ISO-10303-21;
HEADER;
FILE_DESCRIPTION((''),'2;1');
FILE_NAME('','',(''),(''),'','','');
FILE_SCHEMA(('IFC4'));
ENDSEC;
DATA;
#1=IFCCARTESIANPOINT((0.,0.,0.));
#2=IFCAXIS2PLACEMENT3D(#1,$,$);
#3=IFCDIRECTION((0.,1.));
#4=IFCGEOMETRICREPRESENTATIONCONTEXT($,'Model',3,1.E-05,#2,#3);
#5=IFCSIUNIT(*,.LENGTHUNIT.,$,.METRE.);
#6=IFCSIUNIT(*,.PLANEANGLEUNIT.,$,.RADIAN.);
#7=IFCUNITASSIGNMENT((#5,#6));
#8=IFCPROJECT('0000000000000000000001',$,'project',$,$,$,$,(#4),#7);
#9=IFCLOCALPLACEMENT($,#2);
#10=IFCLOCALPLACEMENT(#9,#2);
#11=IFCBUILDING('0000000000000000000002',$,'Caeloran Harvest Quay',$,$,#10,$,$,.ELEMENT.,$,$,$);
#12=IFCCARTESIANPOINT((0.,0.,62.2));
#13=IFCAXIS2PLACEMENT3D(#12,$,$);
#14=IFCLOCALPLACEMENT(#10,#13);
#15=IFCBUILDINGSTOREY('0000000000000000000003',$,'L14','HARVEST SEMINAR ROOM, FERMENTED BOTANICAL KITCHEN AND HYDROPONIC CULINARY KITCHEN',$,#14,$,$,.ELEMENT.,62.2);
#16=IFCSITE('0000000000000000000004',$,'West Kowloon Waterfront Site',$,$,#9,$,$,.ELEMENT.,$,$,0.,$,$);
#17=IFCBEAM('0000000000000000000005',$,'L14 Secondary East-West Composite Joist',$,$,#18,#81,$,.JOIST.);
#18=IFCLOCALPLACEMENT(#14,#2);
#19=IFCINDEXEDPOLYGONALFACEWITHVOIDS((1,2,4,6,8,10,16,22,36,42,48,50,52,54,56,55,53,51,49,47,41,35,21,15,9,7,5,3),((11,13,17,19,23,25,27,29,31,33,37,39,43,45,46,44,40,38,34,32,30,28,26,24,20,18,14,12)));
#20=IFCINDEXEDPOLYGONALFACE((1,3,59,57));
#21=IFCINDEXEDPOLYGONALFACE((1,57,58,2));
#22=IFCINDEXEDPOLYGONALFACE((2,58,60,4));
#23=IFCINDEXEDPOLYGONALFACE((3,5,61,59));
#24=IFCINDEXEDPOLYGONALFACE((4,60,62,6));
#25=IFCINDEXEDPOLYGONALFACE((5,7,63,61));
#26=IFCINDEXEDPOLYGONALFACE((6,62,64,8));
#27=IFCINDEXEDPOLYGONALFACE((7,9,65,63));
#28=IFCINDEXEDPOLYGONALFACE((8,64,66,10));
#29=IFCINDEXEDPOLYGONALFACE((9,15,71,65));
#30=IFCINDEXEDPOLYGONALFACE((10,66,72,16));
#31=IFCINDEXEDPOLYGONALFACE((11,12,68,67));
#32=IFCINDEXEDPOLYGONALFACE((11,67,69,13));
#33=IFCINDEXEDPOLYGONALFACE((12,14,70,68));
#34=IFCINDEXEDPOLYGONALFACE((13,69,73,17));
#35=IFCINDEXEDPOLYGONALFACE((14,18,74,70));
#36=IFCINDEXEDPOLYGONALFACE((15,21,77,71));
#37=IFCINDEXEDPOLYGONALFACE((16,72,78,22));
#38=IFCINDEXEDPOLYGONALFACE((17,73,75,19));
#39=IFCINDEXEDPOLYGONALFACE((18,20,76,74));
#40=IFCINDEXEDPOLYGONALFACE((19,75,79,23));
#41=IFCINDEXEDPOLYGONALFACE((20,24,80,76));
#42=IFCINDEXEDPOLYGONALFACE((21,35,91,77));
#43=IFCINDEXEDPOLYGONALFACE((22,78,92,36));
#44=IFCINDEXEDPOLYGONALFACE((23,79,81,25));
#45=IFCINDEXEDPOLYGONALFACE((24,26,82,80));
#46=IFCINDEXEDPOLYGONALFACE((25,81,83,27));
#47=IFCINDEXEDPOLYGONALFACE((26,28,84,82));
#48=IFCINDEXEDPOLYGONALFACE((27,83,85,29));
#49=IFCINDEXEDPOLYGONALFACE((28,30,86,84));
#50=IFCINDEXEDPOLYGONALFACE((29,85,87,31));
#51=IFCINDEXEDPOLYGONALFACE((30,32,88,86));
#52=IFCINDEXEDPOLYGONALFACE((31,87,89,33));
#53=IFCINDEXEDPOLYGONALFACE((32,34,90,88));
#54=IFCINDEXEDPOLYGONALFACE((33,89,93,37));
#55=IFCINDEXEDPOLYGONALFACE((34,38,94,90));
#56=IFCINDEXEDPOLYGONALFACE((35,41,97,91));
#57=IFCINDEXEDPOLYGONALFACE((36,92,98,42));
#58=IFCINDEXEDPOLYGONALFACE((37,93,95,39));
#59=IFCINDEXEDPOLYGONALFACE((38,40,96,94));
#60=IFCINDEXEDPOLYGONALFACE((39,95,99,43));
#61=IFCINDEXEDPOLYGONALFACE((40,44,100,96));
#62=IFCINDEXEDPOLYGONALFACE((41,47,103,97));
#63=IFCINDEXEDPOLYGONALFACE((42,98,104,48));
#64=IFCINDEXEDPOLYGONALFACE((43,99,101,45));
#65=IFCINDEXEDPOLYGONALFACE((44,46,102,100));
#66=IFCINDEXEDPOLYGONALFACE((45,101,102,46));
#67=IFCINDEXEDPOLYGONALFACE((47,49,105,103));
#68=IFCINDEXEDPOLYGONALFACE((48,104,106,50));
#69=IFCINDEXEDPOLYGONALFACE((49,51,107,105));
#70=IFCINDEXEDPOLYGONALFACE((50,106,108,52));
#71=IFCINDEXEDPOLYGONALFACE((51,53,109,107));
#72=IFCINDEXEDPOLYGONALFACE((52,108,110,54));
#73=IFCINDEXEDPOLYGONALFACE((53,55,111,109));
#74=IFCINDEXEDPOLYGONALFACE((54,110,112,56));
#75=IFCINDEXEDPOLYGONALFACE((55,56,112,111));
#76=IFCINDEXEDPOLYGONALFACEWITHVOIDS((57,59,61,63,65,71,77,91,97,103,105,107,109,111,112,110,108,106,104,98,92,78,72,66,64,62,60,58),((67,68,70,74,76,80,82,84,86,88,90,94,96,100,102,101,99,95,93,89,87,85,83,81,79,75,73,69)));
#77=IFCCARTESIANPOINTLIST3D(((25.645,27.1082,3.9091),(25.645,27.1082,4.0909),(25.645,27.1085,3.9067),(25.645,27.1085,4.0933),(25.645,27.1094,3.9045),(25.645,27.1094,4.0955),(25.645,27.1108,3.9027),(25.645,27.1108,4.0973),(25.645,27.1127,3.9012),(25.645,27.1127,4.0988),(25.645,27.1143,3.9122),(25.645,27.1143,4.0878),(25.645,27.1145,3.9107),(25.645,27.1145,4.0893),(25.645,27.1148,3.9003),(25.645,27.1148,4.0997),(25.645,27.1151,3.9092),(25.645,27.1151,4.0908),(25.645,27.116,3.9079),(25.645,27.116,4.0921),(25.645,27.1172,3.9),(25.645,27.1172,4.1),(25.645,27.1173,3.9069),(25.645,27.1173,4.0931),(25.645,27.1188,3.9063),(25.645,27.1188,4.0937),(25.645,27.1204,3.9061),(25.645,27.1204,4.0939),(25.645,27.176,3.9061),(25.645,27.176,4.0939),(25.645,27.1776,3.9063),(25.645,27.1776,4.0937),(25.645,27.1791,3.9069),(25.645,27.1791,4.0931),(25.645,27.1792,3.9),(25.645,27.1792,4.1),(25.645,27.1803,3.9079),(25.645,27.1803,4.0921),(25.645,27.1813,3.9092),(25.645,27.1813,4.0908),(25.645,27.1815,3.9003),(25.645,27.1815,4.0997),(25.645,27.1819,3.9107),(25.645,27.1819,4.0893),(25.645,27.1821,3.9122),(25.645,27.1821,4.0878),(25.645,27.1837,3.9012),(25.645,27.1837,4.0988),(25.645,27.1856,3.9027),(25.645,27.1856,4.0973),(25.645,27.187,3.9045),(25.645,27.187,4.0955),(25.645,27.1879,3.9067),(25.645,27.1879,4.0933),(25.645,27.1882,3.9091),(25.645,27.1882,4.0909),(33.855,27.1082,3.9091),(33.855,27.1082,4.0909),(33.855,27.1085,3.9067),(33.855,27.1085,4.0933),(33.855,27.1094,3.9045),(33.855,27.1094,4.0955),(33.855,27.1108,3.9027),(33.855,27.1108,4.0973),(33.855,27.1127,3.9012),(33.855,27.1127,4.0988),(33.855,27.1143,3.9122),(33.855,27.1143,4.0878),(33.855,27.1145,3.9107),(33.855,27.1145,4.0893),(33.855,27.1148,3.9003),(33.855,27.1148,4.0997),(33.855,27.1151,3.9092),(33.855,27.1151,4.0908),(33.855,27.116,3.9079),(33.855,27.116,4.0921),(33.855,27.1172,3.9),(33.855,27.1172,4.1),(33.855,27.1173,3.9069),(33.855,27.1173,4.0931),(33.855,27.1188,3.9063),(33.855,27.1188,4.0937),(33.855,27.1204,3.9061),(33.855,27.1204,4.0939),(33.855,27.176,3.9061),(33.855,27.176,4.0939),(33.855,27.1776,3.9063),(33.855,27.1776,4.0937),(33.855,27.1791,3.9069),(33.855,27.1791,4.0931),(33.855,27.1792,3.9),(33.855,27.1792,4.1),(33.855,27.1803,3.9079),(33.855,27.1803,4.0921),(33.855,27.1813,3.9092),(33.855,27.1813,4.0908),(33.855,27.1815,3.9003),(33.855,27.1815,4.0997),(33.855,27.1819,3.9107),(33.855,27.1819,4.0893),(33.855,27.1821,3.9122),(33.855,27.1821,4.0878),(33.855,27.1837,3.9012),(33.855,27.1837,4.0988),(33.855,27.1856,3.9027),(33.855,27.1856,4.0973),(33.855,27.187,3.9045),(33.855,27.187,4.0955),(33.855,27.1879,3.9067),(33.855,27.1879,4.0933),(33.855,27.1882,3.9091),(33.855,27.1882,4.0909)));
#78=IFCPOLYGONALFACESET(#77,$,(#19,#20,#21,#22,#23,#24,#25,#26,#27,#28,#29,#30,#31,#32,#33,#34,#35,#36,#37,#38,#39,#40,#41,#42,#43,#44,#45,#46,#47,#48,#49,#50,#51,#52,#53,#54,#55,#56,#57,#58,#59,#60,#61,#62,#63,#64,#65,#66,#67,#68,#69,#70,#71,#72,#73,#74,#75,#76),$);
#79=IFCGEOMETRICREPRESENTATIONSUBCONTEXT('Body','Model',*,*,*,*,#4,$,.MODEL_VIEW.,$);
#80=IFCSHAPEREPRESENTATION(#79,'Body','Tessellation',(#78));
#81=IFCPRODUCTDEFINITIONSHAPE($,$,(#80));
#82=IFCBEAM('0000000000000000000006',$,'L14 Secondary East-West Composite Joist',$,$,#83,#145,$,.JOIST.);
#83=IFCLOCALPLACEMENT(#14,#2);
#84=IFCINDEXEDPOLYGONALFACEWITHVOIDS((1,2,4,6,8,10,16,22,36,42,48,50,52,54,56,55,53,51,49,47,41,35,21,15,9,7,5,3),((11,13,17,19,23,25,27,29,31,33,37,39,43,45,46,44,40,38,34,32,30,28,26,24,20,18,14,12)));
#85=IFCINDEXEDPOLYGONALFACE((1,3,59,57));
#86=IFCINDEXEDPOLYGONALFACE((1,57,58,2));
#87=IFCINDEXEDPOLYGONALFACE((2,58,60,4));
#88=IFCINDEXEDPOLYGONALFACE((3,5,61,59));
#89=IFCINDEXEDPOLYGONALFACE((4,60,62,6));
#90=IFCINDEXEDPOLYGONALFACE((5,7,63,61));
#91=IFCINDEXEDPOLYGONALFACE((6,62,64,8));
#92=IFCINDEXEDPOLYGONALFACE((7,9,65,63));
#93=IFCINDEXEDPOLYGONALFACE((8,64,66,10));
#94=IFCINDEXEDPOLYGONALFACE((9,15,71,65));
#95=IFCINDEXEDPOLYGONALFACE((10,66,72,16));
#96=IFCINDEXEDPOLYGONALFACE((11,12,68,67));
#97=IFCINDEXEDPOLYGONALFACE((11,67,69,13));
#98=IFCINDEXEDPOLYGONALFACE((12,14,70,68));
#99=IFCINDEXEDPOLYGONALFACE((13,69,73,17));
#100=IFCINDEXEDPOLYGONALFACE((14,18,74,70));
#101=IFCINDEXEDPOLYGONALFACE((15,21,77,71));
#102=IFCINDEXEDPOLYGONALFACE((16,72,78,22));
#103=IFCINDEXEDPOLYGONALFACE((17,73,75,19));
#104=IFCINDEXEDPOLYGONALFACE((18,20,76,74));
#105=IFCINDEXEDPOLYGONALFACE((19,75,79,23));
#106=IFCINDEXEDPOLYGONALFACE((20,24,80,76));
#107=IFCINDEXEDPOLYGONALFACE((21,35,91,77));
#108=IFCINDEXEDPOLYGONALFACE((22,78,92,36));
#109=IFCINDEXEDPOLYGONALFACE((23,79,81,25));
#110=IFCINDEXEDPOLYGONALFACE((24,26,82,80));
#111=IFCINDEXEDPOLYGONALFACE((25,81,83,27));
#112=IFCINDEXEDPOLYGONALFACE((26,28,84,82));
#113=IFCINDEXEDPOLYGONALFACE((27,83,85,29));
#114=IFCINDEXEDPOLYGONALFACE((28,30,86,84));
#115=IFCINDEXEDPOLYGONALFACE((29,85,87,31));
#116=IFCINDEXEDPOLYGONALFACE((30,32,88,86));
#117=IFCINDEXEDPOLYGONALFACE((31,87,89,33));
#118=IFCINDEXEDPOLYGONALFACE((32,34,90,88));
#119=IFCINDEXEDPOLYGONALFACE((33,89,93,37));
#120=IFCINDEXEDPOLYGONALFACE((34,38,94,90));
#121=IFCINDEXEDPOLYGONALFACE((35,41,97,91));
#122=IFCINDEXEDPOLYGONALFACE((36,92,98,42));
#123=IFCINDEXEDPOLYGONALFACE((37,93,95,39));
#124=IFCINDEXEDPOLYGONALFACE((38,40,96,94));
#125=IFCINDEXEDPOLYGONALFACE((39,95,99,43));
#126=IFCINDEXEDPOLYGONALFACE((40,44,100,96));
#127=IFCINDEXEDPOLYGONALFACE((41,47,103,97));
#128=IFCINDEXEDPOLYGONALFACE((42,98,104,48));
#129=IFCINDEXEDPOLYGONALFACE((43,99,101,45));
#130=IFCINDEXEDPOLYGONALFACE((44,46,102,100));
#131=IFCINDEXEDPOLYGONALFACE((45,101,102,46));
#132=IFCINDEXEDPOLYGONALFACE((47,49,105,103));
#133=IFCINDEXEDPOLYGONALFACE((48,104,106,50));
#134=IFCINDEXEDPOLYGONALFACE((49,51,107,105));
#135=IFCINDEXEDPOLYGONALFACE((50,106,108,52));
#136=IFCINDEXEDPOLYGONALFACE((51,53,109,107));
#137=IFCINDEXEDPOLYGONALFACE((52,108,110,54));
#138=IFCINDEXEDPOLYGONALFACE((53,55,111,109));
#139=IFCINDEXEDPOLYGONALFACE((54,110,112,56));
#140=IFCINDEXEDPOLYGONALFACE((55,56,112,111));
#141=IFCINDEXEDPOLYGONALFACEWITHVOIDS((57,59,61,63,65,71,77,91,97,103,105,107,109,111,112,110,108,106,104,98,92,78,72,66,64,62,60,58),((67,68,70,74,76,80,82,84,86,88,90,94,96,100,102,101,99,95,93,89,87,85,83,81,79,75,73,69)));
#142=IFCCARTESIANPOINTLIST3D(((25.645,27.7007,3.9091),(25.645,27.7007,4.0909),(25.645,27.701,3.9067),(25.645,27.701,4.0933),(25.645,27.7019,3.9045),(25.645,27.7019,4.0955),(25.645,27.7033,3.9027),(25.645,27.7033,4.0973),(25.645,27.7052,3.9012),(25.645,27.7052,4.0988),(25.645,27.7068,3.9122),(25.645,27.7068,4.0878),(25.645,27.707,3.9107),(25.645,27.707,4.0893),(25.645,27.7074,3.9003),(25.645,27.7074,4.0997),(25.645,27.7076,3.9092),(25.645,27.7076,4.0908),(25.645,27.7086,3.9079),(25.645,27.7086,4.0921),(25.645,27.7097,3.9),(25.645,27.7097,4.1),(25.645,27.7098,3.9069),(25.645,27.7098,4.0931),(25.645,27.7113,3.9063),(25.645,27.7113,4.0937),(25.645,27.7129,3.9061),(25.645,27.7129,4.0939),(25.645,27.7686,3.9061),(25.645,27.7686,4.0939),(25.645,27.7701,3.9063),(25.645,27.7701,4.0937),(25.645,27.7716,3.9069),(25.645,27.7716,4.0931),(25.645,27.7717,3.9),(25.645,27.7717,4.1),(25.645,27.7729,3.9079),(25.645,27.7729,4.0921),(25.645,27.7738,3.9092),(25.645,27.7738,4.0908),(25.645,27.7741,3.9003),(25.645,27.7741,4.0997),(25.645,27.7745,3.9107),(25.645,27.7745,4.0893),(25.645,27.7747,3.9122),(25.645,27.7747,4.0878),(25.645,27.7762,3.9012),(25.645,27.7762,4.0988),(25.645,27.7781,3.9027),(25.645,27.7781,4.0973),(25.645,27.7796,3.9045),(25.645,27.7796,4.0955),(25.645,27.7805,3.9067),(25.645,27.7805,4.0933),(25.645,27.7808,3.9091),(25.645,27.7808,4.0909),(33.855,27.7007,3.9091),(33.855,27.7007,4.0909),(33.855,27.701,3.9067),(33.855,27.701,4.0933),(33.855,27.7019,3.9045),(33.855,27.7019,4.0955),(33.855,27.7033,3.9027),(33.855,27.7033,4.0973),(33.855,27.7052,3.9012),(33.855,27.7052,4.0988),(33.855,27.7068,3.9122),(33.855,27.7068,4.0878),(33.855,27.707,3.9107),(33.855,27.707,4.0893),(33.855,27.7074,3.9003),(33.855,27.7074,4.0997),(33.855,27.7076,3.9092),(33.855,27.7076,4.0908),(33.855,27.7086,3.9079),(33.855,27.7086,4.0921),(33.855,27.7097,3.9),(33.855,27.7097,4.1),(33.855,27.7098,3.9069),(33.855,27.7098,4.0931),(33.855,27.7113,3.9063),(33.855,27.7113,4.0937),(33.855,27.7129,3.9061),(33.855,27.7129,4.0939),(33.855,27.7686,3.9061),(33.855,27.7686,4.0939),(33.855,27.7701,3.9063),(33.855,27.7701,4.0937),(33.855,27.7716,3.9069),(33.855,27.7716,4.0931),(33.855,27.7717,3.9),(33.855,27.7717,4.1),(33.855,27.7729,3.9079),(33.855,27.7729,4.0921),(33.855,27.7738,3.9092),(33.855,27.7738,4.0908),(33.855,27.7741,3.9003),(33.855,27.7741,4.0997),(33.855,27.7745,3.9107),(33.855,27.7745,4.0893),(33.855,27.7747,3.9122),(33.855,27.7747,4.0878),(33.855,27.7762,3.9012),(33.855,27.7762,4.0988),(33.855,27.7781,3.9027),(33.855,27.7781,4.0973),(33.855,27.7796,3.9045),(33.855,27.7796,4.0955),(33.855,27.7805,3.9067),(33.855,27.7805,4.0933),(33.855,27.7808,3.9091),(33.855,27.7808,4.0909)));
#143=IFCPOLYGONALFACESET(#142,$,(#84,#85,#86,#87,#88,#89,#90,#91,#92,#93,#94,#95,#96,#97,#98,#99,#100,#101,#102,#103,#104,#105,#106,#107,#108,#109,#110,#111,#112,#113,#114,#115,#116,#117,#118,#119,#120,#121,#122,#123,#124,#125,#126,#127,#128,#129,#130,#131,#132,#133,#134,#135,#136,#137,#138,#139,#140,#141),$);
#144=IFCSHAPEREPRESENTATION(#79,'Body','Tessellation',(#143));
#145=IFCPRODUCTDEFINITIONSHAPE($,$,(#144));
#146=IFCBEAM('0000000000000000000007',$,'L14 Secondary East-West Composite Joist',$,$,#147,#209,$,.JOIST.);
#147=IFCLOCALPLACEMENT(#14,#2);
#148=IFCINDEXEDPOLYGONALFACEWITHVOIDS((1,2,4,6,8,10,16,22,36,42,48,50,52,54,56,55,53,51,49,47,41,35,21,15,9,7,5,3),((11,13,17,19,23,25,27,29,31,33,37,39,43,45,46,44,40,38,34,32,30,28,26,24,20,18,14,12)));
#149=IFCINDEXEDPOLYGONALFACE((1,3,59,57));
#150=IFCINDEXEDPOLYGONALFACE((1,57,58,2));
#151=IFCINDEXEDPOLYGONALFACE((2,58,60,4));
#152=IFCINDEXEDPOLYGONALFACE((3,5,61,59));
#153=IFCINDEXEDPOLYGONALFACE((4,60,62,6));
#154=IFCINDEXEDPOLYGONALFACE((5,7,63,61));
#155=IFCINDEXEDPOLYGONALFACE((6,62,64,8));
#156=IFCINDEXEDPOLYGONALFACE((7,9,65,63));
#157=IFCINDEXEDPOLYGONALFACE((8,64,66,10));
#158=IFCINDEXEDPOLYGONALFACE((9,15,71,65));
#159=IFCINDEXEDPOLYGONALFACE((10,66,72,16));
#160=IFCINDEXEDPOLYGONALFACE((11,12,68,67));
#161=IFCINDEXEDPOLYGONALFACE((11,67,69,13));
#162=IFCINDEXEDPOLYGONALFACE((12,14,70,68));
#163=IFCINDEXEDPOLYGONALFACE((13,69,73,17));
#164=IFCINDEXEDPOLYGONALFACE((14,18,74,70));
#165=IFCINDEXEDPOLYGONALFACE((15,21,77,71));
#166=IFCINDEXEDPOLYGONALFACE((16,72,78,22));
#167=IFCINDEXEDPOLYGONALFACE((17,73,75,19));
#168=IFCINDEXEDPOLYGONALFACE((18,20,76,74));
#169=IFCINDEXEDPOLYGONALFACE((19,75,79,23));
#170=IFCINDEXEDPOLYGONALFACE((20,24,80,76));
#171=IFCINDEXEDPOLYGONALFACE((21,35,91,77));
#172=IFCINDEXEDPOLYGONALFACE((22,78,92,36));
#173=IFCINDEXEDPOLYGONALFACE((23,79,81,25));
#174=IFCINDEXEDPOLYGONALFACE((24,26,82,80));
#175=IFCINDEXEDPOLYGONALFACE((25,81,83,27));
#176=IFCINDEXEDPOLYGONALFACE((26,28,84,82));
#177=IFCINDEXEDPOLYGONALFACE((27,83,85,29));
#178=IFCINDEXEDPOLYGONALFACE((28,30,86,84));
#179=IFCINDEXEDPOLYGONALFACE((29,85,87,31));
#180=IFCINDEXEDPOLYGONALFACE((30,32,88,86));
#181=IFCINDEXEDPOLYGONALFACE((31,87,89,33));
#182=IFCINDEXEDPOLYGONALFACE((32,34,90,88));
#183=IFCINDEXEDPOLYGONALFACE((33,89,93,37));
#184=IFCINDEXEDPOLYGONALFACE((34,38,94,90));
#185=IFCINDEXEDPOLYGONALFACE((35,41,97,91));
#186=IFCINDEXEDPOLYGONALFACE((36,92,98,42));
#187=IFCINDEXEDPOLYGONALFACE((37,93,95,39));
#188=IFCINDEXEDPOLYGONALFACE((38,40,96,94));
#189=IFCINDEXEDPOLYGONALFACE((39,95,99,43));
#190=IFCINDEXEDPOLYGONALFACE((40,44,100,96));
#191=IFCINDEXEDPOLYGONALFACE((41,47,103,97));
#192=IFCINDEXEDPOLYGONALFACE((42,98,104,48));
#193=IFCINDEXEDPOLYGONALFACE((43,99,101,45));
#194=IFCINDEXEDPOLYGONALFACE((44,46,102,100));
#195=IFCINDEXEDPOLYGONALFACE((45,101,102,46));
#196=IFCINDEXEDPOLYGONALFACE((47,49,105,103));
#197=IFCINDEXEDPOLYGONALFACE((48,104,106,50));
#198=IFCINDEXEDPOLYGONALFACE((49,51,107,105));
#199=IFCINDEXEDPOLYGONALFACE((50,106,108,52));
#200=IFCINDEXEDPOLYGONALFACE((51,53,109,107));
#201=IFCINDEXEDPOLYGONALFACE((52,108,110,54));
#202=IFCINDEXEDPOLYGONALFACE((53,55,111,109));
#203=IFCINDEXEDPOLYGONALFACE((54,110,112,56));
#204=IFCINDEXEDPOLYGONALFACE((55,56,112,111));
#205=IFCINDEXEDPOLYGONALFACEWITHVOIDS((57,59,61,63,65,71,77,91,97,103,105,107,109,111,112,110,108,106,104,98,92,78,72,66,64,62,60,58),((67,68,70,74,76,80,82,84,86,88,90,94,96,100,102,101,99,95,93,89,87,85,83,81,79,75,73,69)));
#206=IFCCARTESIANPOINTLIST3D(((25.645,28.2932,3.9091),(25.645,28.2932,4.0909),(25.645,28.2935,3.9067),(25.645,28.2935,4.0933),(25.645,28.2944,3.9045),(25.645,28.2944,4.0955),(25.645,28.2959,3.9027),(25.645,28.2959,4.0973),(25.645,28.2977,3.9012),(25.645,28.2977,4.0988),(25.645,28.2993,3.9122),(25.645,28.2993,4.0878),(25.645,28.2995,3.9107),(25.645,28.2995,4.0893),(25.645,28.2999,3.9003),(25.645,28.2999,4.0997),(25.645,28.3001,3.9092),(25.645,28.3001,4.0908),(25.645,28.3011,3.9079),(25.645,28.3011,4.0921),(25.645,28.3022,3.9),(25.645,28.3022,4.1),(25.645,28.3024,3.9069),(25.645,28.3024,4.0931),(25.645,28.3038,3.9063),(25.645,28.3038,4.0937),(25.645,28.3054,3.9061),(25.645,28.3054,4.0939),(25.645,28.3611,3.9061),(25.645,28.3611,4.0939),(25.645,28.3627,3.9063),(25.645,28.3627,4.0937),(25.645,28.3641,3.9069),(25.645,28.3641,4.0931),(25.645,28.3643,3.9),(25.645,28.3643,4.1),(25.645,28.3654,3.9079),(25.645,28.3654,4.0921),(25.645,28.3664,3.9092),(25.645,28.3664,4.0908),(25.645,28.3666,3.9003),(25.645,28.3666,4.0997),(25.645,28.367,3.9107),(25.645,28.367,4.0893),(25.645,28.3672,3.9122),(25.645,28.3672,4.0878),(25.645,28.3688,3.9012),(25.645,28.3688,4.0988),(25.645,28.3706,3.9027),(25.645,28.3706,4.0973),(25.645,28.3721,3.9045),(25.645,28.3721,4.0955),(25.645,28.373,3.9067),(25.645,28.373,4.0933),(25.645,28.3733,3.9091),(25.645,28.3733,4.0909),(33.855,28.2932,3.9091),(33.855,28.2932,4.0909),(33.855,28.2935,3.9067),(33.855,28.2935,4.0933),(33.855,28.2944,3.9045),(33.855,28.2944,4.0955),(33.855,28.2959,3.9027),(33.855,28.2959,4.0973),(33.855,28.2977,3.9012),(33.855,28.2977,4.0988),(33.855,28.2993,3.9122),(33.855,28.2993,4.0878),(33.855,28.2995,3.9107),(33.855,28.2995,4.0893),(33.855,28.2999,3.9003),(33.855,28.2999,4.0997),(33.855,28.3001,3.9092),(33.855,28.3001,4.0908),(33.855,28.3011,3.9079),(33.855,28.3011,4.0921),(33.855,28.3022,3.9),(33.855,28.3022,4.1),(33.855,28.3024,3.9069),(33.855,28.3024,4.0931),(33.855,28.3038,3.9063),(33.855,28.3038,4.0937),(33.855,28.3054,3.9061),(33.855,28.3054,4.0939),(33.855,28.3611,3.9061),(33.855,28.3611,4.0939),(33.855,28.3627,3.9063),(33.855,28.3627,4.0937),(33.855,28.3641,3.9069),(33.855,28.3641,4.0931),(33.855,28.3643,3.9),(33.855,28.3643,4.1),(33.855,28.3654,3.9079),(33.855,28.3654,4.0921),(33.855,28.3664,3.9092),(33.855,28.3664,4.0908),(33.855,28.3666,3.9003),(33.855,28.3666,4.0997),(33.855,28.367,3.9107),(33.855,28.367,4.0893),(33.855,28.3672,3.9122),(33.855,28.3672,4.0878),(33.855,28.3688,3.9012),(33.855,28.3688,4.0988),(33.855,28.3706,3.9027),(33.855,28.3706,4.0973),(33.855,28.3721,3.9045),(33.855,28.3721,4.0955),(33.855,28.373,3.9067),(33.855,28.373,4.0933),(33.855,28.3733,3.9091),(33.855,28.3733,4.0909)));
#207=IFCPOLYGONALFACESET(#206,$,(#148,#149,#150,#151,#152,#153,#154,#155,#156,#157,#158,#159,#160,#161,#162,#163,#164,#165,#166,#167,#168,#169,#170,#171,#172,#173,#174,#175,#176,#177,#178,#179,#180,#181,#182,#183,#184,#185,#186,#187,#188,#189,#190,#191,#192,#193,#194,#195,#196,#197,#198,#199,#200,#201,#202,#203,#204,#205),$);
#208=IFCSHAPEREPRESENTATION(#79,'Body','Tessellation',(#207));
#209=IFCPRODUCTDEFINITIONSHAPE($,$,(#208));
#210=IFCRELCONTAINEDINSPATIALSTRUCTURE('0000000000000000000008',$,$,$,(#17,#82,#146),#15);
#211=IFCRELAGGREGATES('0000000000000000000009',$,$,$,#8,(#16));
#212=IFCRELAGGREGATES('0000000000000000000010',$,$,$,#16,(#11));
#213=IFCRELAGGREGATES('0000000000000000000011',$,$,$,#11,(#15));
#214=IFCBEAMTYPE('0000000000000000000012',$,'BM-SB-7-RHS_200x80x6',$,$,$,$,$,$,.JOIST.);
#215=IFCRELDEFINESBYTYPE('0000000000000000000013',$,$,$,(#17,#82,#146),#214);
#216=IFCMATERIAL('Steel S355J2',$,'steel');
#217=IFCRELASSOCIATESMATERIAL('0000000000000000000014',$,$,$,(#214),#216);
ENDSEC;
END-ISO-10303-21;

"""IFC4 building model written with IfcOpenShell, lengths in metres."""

from ifc_helpers import new_model, si_unit, direction, frame, origin, origin_2d, place, context, subcontext, project, spatial, hollow_rectangle, extrude, material, material_profile, profile_set, type_object, element, save


model = new_model("IFC4")

# Units and contexts
model_context = context("Model", 3, precision=1e-05, world=origin(), true_north=direction((0.0, 1.0)))
body_context = subcontext(model_context, "Body", "Model", "MODEL_VIEW")
ifc_project = project(units=[si_unit("LENGTHUNIT", "METRE"), si_unit("PLANEANGLEUNIT", "RADIAN")], contexts=[model_context])

# Site, building, storey
site_placement = place(None, origin())
site = spatial("IfcSite", under=ifc_project, at=site_placement, Name="West Kowloon Waterfront Site", CompositionType="ELEMENT", RefElevation=0.0)
building_placement = place(site_placement, origin())
building = spatial("IfcBuilding", under=site, at=building_placement, Name="Caeloran Harvest Quay", CompositionType="ELEMENT")
storey_placement = place(building_placement, frame((0.0, 0.0, 62.2)))
storey = spatial("IfcBuildingStorey", under=building, at=storey_placement, Name="L14", Description="HARVEST SEMINAR ROOM, FERMENTED BOTANICAL KITCHEN AND HYDROPONIC CULINARY KITCHEN", CompositionType="ELEMENT", Elevation=62.2)

# Beams
ifc_material_1 = material(Name="Steel S355J2", Category="steel")
ifc_material_profile_1 = material_profile(ifc_material_1, hollow_rectangle(XDim=0.0801, YDim=0.2, WallThickness=0.0061, InnerFilletRadius=0.0061, OuterFilletRadius=0.009, at=origin_2d()), Name="RHS 200x80x6")
ifc_profile_set_1 = profile_set([ifc_material_profile_1], Name="Steel S355J2")
beam_type_1 = type_object("IfcBeamType", Name="BM-SB-7-RHS_200x80x6", PredefinedType="JOIST", material=ifc_profile_set_1)
for number, where, z_axis, x_axis, name in (
    (1, (25.645, 27.1482, 4.0), (1.0, 0.0, 0.0), (0.0, 1.0, 0.0), "L14 Secondary East-West Composite Joist"),
    (2, (25.645, 27.7407, 4.0), (1.0, 0.0, 0.0), (0.0, 1.0, 0.0), "L14 Secondary East-West Composite Joist"),
    (3, (25.645, 28.3333, 4.0), (1.0, 0.0, 0.0), (0.0, 1.0, 0.0), "L14 Secondary East-West Composite Joist"),
):
    element("IfcBeam", number, at=place(storey_placement, frame(where, z_axis=z_axis, x_axis=x_axis)), inside=storey, type_object=beam_type_1, Name=name, PredefinedType="JOIST", context=body_context, shape_type="SweptSolid", body=[
        extrude(hollow_rectangle(XDim=0.0801, YDim=0.2, WallThickness=0.0061, InnerFilletRadius=0.0061, OuterFilletRadius=0.009, at=origin_2d()), origin(), (0.0, 0.0, 1.0), 8.21),
    ])

save(model, "model.ifc")
